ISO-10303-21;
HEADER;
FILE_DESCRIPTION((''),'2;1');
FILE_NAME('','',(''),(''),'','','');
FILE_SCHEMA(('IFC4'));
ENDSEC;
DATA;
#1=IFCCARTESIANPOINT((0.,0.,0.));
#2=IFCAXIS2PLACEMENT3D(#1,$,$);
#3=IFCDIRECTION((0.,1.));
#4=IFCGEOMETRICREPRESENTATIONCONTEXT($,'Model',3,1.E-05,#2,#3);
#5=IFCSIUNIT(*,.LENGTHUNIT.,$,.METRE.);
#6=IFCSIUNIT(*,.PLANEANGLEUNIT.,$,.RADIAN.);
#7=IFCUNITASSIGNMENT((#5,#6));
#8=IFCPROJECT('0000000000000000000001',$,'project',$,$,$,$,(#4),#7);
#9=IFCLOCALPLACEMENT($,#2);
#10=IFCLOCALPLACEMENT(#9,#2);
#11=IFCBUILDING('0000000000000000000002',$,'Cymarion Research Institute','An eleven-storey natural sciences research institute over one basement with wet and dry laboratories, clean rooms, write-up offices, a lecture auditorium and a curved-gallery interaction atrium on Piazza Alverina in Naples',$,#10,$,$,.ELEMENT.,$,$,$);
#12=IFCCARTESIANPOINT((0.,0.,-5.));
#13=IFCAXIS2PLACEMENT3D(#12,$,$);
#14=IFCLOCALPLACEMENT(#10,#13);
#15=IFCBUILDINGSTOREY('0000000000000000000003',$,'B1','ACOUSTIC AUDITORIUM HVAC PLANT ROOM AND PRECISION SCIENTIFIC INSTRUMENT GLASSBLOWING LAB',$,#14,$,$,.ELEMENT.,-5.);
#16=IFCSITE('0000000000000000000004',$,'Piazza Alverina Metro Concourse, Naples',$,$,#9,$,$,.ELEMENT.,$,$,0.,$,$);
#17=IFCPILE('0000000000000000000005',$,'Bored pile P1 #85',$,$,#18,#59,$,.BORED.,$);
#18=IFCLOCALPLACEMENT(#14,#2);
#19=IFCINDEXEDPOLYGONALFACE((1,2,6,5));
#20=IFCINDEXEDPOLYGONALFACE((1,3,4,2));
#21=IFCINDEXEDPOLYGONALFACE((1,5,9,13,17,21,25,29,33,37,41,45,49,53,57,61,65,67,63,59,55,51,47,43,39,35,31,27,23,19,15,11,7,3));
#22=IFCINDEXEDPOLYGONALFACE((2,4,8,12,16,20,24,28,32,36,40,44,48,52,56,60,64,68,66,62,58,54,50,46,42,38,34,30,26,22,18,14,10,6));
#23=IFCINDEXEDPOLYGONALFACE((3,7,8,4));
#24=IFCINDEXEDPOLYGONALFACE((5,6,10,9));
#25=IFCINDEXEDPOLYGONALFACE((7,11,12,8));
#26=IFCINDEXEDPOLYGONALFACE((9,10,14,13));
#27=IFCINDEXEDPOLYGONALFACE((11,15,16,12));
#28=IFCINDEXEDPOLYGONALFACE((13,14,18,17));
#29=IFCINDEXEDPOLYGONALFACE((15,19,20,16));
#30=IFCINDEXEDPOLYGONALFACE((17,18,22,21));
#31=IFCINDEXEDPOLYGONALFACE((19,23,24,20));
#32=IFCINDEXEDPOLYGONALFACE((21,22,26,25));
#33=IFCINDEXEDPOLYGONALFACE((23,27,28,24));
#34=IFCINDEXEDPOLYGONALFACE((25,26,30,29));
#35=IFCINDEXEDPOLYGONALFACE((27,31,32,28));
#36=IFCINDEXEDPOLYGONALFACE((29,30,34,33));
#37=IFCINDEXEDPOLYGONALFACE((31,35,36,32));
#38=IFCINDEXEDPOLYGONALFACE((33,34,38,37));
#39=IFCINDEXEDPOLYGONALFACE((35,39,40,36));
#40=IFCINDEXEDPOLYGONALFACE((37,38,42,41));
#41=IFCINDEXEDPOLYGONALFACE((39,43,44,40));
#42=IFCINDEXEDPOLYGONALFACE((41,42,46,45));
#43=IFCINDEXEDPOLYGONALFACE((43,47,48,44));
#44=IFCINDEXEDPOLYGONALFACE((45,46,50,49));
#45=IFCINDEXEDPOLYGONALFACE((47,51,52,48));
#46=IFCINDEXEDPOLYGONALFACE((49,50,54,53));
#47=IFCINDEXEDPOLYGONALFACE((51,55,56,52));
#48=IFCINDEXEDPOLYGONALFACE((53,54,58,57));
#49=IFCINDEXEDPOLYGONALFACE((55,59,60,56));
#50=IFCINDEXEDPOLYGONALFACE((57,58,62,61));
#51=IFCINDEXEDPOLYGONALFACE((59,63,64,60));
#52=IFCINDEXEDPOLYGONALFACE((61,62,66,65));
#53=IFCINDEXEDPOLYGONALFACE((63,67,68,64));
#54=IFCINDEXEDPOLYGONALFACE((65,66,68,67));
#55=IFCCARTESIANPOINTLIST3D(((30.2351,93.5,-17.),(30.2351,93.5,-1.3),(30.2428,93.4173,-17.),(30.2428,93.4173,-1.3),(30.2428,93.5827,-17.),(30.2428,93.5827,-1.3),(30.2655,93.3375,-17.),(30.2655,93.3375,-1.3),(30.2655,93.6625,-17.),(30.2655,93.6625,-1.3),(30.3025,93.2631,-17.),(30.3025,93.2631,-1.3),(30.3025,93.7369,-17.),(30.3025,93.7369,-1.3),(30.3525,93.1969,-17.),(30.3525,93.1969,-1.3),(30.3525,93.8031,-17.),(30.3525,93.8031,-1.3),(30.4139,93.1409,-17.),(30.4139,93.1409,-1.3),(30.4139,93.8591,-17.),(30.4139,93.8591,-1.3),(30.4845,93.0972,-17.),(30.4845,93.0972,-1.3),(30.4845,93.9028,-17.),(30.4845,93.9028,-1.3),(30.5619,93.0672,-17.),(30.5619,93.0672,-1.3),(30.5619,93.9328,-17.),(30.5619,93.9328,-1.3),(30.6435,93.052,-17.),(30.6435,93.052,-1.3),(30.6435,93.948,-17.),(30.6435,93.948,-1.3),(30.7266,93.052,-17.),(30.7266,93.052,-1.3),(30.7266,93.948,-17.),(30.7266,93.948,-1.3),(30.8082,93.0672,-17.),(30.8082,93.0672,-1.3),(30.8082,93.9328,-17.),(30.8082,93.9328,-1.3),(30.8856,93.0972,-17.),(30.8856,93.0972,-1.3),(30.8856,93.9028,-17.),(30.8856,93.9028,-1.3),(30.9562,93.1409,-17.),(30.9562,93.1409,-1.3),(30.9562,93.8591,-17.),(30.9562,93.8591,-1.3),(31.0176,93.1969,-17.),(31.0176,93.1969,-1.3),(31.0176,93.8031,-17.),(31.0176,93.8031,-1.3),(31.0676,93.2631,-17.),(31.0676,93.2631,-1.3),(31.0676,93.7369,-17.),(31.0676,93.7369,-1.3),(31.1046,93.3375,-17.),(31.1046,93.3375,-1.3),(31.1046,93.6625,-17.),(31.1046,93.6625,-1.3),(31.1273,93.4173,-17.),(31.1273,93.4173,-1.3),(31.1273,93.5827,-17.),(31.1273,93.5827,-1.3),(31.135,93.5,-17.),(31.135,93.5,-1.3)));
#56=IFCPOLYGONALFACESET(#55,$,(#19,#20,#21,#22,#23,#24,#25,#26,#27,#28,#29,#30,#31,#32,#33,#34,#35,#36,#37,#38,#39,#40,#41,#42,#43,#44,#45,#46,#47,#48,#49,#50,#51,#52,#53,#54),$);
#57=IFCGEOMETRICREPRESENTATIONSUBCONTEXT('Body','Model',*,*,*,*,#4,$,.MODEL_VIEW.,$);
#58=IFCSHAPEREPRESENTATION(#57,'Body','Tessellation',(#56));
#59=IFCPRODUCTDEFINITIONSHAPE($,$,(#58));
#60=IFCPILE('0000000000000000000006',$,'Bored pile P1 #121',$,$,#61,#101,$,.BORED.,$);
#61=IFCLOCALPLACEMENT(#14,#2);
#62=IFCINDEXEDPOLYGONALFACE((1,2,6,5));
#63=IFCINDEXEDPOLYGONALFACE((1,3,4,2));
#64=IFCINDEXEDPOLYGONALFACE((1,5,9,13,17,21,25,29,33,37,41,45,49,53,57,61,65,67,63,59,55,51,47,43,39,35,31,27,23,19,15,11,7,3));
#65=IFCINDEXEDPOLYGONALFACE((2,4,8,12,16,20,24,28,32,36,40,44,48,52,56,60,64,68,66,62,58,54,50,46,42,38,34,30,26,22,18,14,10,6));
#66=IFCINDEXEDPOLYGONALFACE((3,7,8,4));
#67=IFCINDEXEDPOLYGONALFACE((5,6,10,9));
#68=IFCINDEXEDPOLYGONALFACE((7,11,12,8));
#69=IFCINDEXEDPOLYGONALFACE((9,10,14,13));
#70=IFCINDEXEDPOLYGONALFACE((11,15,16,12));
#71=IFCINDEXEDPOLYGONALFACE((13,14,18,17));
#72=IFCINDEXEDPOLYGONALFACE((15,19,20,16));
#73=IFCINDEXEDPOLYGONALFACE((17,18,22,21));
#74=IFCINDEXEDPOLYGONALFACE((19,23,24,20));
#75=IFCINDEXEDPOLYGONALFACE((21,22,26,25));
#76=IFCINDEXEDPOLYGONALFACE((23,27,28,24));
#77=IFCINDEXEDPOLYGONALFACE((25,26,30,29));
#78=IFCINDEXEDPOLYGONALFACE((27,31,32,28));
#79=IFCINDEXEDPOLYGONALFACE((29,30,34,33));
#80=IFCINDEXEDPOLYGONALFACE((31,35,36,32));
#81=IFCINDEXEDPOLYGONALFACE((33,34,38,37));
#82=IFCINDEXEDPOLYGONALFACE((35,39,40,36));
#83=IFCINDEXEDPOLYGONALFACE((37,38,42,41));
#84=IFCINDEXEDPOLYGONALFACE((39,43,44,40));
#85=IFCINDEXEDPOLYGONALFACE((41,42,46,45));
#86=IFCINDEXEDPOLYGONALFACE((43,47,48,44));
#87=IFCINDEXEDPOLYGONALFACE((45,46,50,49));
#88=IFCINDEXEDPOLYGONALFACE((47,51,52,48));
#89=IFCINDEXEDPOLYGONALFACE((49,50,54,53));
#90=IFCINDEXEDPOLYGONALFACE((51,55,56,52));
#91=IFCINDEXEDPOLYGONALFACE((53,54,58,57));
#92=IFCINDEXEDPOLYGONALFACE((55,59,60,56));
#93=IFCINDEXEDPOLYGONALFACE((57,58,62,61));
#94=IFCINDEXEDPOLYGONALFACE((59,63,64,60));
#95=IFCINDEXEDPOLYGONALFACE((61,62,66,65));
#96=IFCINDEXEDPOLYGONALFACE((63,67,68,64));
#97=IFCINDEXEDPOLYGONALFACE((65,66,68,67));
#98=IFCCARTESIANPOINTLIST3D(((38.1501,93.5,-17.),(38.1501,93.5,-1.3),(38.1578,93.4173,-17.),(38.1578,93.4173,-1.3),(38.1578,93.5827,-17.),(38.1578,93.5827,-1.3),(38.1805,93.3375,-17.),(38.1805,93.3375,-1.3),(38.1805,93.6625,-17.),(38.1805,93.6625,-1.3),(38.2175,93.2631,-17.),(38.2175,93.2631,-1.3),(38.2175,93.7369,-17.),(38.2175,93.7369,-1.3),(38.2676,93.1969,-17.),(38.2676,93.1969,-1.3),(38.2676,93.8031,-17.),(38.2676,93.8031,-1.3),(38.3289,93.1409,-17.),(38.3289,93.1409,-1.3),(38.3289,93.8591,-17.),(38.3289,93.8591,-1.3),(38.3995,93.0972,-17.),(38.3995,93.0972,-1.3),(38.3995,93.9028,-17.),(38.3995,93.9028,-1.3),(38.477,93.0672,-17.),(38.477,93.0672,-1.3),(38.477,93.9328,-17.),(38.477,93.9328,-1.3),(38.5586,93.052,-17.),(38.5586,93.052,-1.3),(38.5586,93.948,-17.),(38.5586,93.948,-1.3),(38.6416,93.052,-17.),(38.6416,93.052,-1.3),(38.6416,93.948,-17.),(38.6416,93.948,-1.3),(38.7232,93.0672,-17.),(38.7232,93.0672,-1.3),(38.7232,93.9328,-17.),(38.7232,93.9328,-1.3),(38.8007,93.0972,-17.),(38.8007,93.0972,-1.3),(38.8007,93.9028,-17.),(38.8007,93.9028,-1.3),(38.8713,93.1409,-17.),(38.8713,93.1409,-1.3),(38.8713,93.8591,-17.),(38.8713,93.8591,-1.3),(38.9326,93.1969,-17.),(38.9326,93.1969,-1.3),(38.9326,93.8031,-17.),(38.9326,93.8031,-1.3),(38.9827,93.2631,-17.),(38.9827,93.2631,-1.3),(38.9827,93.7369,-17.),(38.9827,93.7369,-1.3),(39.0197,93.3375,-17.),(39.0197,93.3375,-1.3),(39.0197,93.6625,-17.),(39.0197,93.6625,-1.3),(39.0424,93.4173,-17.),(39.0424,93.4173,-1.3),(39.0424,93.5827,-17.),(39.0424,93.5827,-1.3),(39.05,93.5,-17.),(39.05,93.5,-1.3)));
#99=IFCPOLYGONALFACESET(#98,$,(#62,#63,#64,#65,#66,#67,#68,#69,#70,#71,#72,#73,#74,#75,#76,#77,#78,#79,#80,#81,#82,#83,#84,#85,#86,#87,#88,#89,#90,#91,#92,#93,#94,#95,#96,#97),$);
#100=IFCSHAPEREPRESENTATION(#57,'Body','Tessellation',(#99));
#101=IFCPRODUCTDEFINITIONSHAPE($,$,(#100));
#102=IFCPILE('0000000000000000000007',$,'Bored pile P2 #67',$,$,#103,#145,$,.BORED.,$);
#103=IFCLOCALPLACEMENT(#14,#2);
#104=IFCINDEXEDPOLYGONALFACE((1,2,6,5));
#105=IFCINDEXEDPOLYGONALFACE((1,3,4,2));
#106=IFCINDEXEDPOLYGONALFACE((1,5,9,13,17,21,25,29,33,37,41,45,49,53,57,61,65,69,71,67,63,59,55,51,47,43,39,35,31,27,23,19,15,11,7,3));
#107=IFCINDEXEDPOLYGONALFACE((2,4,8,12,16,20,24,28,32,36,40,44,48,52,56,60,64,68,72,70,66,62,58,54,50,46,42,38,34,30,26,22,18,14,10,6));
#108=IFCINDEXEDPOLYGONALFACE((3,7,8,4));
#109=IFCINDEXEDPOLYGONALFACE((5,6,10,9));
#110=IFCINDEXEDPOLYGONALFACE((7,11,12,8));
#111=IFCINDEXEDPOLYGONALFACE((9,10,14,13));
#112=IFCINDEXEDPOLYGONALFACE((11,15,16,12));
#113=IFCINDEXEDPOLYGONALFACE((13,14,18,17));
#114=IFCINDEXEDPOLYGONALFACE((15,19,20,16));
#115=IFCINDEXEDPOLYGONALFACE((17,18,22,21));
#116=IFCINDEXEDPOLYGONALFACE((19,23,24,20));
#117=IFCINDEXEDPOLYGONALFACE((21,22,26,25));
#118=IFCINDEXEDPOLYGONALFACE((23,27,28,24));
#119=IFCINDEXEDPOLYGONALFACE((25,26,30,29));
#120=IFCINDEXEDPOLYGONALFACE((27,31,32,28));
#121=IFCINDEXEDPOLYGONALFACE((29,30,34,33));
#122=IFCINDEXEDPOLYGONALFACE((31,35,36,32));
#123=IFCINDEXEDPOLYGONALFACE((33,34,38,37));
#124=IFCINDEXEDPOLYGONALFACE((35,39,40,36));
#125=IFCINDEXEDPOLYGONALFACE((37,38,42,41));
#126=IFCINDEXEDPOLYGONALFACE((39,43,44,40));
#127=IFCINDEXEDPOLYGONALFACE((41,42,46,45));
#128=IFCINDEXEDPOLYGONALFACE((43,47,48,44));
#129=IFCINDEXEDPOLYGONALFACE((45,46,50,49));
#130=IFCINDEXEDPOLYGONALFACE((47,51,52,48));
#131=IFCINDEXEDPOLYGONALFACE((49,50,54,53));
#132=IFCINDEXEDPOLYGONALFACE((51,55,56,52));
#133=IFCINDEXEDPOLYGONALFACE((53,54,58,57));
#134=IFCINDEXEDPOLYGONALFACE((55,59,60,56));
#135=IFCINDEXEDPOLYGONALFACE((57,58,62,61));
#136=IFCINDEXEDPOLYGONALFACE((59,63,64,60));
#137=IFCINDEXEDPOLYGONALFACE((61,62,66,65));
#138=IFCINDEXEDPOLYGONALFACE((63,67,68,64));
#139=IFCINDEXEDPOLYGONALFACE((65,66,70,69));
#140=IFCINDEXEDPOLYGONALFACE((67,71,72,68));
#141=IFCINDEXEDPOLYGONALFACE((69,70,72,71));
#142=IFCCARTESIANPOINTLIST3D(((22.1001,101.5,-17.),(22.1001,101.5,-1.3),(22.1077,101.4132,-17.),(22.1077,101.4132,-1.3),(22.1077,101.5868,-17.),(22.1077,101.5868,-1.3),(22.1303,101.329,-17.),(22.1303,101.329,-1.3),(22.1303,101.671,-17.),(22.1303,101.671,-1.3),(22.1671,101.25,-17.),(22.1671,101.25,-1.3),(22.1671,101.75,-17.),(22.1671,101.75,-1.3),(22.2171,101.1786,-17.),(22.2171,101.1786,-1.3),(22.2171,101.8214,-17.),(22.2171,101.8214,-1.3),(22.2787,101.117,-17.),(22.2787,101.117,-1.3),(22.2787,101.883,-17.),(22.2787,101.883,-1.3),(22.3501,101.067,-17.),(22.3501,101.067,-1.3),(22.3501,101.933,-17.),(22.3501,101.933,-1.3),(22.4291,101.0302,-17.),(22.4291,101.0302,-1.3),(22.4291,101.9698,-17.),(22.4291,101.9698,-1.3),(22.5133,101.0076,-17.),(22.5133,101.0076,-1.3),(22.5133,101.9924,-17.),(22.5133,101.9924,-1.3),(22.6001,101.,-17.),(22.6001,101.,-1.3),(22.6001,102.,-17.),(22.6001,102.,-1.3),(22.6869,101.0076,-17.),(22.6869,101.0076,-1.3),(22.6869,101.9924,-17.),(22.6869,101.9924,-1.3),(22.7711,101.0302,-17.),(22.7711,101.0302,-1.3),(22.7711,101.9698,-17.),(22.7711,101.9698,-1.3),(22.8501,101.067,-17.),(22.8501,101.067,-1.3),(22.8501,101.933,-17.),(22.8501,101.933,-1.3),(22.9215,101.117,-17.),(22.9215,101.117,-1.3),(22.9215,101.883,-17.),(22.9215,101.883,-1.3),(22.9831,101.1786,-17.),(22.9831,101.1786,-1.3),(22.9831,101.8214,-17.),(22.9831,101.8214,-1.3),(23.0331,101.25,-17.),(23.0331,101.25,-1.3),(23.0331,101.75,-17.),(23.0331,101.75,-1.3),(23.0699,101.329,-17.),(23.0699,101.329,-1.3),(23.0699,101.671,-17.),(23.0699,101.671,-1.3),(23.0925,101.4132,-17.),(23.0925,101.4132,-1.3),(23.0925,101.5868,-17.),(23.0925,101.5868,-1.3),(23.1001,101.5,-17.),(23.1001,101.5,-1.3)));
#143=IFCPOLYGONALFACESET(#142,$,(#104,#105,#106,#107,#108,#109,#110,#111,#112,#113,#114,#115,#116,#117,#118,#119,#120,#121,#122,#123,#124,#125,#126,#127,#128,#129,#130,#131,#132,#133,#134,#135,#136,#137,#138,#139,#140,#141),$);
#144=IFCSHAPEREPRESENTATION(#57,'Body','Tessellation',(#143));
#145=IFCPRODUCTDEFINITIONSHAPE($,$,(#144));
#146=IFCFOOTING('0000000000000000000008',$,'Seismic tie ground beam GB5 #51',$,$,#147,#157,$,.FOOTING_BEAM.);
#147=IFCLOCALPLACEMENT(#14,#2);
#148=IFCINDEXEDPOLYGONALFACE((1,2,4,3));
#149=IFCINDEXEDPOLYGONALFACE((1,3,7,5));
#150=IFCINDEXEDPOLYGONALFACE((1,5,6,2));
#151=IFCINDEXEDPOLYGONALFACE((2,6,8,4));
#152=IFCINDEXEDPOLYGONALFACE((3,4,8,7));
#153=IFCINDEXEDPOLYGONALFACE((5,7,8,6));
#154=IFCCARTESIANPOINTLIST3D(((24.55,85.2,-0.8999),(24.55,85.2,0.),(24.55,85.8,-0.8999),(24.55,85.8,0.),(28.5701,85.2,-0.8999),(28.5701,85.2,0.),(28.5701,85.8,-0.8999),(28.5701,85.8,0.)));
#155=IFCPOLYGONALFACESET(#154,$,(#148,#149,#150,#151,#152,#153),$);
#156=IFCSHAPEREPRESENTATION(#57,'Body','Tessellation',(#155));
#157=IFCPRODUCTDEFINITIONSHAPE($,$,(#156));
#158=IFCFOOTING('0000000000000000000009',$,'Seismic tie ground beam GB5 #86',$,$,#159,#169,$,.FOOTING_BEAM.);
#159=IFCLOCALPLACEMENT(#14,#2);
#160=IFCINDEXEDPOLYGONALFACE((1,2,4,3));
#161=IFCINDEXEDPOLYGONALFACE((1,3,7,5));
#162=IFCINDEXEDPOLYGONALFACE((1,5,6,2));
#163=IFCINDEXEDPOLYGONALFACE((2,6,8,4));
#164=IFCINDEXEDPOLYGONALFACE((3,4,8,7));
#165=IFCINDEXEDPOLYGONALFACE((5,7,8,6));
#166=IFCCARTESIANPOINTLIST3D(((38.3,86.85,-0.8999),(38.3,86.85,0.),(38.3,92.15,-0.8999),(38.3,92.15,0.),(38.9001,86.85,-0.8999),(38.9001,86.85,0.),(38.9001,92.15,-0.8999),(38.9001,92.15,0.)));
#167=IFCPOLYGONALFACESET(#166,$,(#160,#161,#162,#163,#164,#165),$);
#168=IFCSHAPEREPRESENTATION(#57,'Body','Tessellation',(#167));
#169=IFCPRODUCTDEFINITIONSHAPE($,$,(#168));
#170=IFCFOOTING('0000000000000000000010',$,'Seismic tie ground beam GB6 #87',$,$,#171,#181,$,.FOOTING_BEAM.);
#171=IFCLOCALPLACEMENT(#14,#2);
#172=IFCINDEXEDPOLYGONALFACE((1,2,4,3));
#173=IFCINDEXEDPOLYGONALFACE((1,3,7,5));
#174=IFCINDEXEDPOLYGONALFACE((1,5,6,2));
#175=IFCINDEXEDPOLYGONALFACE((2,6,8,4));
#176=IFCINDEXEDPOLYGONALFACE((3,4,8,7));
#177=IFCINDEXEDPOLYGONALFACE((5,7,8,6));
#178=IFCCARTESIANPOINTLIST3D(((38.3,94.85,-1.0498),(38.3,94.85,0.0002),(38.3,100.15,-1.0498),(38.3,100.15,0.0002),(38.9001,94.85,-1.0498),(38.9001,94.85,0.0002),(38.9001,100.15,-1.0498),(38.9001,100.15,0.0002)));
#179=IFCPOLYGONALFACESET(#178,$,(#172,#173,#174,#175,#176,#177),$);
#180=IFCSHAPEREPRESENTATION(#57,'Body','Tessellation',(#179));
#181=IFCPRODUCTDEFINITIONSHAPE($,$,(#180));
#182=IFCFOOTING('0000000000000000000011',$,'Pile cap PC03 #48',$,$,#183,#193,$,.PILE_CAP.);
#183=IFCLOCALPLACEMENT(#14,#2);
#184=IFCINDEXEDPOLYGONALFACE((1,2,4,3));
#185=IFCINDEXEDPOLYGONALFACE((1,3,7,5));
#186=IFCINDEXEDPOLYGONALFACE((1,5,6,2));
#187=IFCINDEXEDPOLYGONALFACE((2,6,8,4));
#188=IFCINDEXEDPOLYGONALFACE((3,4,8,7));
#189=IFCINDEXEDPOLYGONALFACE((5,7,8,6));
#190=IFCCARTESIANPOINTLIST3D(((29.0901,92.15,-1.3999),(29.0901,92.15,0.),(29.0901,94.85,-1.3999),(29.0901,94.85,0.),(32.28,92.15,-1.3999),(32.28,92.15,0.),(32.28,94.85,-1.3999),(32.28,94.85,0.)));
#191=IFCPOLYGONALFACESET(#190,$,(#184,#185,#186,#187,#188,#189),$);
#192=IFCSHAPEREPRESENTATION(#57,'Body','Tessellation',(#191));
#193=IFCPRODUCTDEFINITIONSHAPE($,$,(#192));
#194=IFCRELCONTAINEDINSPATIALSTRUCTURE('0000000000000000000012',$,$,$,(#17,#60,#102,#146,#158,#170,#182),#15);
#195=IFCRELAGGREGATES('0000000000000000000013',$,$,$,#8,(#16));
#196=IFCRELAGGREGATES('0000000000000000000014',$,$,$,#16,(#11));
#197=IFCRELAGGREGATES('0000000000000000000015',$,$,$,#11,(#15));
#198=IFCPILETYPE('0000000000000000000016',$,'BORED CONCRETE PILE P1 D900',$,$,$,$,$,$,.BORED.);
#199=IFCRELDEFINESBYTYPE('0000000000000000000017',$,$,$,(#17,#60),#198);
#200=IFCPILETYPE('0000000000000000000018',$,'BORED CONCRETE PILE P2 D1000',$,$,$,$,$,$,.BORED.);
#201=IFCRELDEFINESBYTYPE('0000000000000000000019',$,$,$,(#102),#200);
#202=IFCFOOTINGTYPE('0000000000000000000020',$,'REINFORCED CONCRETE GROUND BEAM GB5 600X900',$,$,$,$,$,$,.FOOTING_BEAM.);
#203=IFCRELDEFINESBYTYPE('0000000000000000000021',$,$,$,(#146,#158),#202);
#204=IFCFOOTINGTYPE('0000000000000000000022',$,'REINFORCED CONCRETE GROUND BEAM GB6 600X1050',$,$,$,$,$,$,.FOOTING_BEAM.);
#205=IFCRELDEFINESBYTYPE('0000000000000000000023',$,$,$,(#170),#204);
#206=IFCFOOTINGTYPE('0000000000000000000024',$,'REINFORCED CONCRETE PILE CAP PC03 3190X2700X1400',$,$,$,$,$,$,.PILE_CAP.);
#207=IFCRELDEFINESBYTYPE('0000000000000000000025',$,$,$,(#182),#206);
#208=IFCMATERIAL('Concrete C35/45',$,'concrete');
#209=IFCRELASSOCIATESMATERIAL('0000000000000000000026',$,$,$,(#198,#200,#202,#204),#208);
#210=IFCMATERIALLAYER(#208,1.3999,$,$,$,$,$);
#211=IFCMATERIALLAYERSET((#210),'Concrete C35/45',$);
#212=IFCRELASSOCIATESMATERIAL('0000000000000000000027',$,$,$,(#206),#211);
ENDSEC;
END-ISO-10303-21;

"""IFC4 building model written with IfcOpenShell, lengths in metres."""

from ifc_helpers import new_model, si_unit, direction, frame, origin, origin_2d, place, context, subcontext, project, spatial, rectangle, circle, extrude, material, layer, layer_set, material_profile, profile_set, type_object, element, save


model = new_model("IFC4")

# Units and contexts
model_context = context("Model", 3, precision=1e-05, world=origin(), true_north=direction((0.0, 1.0)))
body_context = subcontext(model_context, "Body", "Model", "MODEL_VIEW")
ifc_project = project(units=[si_unit("LENGTHUNIT", "METRE"), si_unit("PLANEANGLEUNIT", "RADIAN")], contexts=[model_context])

# Site, building, storey
site_placement = place(None, origin())
site = spatial("IfcSite", under=ifc_project, at=site_placement, Name="Piazza Alverina Metro Concourse, Naples", CompositionType="ELEMENT", RefElevation=0.0)
building_placement = place(site_placement, origin())
building = spatial("IfcBuilding", under=site, at=building_placement, Name="Cymarion Research Institute", Description="An eleven-storey natural sciences research institute over one basement with wet and dry laboratories, clean rooms, write-up offices, a lecture auditorium and a curved-gallery interaction atrium on Piazza Alverina in Naples", CompositionType="ELEMENT")
storey_placement = place(building_placement, frame((0.0, 0.0, -5.0)))
storey = spatial("IfcBuildingStorey", under=building, at=storey_placement, Name="B1", Description="ACOUSTIC AUDITORIUM HVAC PLANT ROOM AND PRECISION SCIENTIFIC INSTRUMENT GLASSBLOWING LAB", CompositionType="ELEMENT", Elevation=-5.0)

# Piles
ifc_material_1 = material(Name="Concrete C35/45", Category="concrete")
ifc_material_profile_1 = material_profile(ifc_material_1, circle(Radius=0.45, at=origin_2d()), Name="BORED PILE D900")
ifc_profile_set_1 = profile_set([ifc_material_profile_1], Name="Concrete C35/45")
pile_type_1 = type_object("IfcPileType", Name="BORED CONCRETE PILE P1 D900", PredefinedType="BORED", material=ifc_profile_set_1)
for number, where, z_axis, x_axis, name in (
    (1, (30.6851, 93.5, -1.3), (0.0, 0.0, -1.0), (1.0, 0.0, 0.0), "Bored pile P1 #85"),
    (2, (38.6001, 93.5, -1.3), (0.0, 0.0, -1.0), (1.0, 0.0, 0.0), "Bored pile P1 #121"),
):
    element("IfcPile", number, at=place(storey_placement, frame(where, z_axis=z_axis, x_axis=x_axis)), inside=storey, type_object=pile_type_1, Name=name, PredefinedType="BORED", context=body_context, shape_type="SweptSolid", body=[
        extrude(circle(Radius=0.45, at=origin_2d()), origin(), (0.0, 0.0, 1.0), 15.7),
    ])
ifc_material_profile_2 = material_profile(ifc_material_1, circle(Radius=0.5, at=origin_2d()), Name="BORED PILE D1000")
ifc_profile_set_2 = profile_set([ifc_material_profile_2], Name="Concrete C35/45")
pile_type_2 = type_object("IfcPileType", Name="BORED CONCRETE PILE P2 D1000", PredefinedType="BORED", material=ifc_profile_set_2)
pile_placement = place(storey_placement, frame((22.6001, 101.5, -1.3), z_axis=(0.0, 0.0, -1.0), x_axis=(1.0, 0.0, 0.0)))
element("IfcPile", 3, at=pile_placement, inside=storey, type_object=pile_type_2, Name="Bored pile P2 #67", PredefinedType="BORED", context=body_context, shape_type="SweptSolid", body=[
    extrude(circle(Radius=0.5, at=origin_2d()), origin(), (0.0, 0.0, 1.0), 15.7),
])

# Footings
footing_type_1 = type_object("IfcFootingType", Name="REINFORCED CONCRETE GROUND BEAM GB5 600X900", PredefinedType="FOOTING_BEAM", material=ifc_material_1)
footing_1_placement = place(storey_placement, frame((26.5601, 85.5, -0.8999), z_axis=(0.0, 0.0, 1.0), x_axis=(1.0, 0.0, 0.0)))
element("IfcFooting", 4, at=footing_1_placement, inside=storey, type_object=footing_type_1, Name="Seismic tie ground beam GB5 #51", PredefinedType="FOOTING_BEAM", context=body_context, shape_type="SweptSolid", body=[
    extrude(rectangle(XDim=4.02, YDim=0.6001, at=origin_2d()), origin(), (0.0, 0.0, 1.0), 0.8999),
])
footing_2_placement = place(storey_placement, frame((38.6001, 89.5, -0.8999), z_axis=(0.0, 0.0, 1.0), x_axis=(0.0, 1.0, 0.0)))
element("IfcFooting", 5, at=footing_2_placement, inside=storey, type_object=footing_type_1, Name="Seismic tie ground beam GB5 #86", PredefinedType="FOOTING_BEAM", context=body_context, shape_type="SweptSolid", body=[
    extrude(rectangle(XDim=5.3, YDim=0.6001, at=origin_2d()), origin(), (0.0, 0.0, 1.0), 0.8999),
])
footing_type_2 = type_object("IfcFootingType", Name="REINFORCED CONCRETE GROUND BEAM GB6 600X1050", PredefinedType="FOOTING_BEAM", material=ifc_material_1)
footing_3_placement = place(storey_placement, frame((38.6001, 97.5, -1.0498), z_axis=(0.0, 0.0, 1.0), x_axis=(0.0, 1.0, 0.0)))
element("IfcFooting", 6, at=footing_3_placement, inside=storey, type_object=footing_type_2, Name="Seismic tie ground beam GB6 #87", PredefinedType="FOOTING_BEAM", context=body_context, shape_type="SweptSolid", body=[
    extrude(rectangle(XDim=5.3, YDim=0.6001, at=origin_2d()), origin(), (0.0, 0.0, 1.0), 1.05),
])
ifc_layer_1 = layer(ifc_material_1, 1.3999)
ifc_layer_set_1 = layer_set([ifc_layer_1], Name="Concrete C35/45")
footing_type_3 = type_object("IfcFootingType", Name="REINFORCED CONCRETE PILE CAP PC03 3190X2700X1400", PredefinedType="PILE_CAP", material=ifc_layer_set_1)
footing_4_placement = place(storey_placement, frame((30.6851, 93.5, -1.3999), z_axis=(0.0, 0.0, 1.0), x_axis=(1.0, 0.0, 0.0)))
element("IfcFooting", 7, at=footing_4_placement, inside=storey, type_object=footing_type_3, Name="Pile cap PC03 #48", PredefinedType="PILE_CAP", context=body_context, shape_type="SweptSolid", body=[
    extrude(rectangle(XDim=3.1899, YDim=2.7, at=origin_2d()), origin(), (0.0, 0.0, 1.0), 1.3999),
])

save(model, "model.ifc")
